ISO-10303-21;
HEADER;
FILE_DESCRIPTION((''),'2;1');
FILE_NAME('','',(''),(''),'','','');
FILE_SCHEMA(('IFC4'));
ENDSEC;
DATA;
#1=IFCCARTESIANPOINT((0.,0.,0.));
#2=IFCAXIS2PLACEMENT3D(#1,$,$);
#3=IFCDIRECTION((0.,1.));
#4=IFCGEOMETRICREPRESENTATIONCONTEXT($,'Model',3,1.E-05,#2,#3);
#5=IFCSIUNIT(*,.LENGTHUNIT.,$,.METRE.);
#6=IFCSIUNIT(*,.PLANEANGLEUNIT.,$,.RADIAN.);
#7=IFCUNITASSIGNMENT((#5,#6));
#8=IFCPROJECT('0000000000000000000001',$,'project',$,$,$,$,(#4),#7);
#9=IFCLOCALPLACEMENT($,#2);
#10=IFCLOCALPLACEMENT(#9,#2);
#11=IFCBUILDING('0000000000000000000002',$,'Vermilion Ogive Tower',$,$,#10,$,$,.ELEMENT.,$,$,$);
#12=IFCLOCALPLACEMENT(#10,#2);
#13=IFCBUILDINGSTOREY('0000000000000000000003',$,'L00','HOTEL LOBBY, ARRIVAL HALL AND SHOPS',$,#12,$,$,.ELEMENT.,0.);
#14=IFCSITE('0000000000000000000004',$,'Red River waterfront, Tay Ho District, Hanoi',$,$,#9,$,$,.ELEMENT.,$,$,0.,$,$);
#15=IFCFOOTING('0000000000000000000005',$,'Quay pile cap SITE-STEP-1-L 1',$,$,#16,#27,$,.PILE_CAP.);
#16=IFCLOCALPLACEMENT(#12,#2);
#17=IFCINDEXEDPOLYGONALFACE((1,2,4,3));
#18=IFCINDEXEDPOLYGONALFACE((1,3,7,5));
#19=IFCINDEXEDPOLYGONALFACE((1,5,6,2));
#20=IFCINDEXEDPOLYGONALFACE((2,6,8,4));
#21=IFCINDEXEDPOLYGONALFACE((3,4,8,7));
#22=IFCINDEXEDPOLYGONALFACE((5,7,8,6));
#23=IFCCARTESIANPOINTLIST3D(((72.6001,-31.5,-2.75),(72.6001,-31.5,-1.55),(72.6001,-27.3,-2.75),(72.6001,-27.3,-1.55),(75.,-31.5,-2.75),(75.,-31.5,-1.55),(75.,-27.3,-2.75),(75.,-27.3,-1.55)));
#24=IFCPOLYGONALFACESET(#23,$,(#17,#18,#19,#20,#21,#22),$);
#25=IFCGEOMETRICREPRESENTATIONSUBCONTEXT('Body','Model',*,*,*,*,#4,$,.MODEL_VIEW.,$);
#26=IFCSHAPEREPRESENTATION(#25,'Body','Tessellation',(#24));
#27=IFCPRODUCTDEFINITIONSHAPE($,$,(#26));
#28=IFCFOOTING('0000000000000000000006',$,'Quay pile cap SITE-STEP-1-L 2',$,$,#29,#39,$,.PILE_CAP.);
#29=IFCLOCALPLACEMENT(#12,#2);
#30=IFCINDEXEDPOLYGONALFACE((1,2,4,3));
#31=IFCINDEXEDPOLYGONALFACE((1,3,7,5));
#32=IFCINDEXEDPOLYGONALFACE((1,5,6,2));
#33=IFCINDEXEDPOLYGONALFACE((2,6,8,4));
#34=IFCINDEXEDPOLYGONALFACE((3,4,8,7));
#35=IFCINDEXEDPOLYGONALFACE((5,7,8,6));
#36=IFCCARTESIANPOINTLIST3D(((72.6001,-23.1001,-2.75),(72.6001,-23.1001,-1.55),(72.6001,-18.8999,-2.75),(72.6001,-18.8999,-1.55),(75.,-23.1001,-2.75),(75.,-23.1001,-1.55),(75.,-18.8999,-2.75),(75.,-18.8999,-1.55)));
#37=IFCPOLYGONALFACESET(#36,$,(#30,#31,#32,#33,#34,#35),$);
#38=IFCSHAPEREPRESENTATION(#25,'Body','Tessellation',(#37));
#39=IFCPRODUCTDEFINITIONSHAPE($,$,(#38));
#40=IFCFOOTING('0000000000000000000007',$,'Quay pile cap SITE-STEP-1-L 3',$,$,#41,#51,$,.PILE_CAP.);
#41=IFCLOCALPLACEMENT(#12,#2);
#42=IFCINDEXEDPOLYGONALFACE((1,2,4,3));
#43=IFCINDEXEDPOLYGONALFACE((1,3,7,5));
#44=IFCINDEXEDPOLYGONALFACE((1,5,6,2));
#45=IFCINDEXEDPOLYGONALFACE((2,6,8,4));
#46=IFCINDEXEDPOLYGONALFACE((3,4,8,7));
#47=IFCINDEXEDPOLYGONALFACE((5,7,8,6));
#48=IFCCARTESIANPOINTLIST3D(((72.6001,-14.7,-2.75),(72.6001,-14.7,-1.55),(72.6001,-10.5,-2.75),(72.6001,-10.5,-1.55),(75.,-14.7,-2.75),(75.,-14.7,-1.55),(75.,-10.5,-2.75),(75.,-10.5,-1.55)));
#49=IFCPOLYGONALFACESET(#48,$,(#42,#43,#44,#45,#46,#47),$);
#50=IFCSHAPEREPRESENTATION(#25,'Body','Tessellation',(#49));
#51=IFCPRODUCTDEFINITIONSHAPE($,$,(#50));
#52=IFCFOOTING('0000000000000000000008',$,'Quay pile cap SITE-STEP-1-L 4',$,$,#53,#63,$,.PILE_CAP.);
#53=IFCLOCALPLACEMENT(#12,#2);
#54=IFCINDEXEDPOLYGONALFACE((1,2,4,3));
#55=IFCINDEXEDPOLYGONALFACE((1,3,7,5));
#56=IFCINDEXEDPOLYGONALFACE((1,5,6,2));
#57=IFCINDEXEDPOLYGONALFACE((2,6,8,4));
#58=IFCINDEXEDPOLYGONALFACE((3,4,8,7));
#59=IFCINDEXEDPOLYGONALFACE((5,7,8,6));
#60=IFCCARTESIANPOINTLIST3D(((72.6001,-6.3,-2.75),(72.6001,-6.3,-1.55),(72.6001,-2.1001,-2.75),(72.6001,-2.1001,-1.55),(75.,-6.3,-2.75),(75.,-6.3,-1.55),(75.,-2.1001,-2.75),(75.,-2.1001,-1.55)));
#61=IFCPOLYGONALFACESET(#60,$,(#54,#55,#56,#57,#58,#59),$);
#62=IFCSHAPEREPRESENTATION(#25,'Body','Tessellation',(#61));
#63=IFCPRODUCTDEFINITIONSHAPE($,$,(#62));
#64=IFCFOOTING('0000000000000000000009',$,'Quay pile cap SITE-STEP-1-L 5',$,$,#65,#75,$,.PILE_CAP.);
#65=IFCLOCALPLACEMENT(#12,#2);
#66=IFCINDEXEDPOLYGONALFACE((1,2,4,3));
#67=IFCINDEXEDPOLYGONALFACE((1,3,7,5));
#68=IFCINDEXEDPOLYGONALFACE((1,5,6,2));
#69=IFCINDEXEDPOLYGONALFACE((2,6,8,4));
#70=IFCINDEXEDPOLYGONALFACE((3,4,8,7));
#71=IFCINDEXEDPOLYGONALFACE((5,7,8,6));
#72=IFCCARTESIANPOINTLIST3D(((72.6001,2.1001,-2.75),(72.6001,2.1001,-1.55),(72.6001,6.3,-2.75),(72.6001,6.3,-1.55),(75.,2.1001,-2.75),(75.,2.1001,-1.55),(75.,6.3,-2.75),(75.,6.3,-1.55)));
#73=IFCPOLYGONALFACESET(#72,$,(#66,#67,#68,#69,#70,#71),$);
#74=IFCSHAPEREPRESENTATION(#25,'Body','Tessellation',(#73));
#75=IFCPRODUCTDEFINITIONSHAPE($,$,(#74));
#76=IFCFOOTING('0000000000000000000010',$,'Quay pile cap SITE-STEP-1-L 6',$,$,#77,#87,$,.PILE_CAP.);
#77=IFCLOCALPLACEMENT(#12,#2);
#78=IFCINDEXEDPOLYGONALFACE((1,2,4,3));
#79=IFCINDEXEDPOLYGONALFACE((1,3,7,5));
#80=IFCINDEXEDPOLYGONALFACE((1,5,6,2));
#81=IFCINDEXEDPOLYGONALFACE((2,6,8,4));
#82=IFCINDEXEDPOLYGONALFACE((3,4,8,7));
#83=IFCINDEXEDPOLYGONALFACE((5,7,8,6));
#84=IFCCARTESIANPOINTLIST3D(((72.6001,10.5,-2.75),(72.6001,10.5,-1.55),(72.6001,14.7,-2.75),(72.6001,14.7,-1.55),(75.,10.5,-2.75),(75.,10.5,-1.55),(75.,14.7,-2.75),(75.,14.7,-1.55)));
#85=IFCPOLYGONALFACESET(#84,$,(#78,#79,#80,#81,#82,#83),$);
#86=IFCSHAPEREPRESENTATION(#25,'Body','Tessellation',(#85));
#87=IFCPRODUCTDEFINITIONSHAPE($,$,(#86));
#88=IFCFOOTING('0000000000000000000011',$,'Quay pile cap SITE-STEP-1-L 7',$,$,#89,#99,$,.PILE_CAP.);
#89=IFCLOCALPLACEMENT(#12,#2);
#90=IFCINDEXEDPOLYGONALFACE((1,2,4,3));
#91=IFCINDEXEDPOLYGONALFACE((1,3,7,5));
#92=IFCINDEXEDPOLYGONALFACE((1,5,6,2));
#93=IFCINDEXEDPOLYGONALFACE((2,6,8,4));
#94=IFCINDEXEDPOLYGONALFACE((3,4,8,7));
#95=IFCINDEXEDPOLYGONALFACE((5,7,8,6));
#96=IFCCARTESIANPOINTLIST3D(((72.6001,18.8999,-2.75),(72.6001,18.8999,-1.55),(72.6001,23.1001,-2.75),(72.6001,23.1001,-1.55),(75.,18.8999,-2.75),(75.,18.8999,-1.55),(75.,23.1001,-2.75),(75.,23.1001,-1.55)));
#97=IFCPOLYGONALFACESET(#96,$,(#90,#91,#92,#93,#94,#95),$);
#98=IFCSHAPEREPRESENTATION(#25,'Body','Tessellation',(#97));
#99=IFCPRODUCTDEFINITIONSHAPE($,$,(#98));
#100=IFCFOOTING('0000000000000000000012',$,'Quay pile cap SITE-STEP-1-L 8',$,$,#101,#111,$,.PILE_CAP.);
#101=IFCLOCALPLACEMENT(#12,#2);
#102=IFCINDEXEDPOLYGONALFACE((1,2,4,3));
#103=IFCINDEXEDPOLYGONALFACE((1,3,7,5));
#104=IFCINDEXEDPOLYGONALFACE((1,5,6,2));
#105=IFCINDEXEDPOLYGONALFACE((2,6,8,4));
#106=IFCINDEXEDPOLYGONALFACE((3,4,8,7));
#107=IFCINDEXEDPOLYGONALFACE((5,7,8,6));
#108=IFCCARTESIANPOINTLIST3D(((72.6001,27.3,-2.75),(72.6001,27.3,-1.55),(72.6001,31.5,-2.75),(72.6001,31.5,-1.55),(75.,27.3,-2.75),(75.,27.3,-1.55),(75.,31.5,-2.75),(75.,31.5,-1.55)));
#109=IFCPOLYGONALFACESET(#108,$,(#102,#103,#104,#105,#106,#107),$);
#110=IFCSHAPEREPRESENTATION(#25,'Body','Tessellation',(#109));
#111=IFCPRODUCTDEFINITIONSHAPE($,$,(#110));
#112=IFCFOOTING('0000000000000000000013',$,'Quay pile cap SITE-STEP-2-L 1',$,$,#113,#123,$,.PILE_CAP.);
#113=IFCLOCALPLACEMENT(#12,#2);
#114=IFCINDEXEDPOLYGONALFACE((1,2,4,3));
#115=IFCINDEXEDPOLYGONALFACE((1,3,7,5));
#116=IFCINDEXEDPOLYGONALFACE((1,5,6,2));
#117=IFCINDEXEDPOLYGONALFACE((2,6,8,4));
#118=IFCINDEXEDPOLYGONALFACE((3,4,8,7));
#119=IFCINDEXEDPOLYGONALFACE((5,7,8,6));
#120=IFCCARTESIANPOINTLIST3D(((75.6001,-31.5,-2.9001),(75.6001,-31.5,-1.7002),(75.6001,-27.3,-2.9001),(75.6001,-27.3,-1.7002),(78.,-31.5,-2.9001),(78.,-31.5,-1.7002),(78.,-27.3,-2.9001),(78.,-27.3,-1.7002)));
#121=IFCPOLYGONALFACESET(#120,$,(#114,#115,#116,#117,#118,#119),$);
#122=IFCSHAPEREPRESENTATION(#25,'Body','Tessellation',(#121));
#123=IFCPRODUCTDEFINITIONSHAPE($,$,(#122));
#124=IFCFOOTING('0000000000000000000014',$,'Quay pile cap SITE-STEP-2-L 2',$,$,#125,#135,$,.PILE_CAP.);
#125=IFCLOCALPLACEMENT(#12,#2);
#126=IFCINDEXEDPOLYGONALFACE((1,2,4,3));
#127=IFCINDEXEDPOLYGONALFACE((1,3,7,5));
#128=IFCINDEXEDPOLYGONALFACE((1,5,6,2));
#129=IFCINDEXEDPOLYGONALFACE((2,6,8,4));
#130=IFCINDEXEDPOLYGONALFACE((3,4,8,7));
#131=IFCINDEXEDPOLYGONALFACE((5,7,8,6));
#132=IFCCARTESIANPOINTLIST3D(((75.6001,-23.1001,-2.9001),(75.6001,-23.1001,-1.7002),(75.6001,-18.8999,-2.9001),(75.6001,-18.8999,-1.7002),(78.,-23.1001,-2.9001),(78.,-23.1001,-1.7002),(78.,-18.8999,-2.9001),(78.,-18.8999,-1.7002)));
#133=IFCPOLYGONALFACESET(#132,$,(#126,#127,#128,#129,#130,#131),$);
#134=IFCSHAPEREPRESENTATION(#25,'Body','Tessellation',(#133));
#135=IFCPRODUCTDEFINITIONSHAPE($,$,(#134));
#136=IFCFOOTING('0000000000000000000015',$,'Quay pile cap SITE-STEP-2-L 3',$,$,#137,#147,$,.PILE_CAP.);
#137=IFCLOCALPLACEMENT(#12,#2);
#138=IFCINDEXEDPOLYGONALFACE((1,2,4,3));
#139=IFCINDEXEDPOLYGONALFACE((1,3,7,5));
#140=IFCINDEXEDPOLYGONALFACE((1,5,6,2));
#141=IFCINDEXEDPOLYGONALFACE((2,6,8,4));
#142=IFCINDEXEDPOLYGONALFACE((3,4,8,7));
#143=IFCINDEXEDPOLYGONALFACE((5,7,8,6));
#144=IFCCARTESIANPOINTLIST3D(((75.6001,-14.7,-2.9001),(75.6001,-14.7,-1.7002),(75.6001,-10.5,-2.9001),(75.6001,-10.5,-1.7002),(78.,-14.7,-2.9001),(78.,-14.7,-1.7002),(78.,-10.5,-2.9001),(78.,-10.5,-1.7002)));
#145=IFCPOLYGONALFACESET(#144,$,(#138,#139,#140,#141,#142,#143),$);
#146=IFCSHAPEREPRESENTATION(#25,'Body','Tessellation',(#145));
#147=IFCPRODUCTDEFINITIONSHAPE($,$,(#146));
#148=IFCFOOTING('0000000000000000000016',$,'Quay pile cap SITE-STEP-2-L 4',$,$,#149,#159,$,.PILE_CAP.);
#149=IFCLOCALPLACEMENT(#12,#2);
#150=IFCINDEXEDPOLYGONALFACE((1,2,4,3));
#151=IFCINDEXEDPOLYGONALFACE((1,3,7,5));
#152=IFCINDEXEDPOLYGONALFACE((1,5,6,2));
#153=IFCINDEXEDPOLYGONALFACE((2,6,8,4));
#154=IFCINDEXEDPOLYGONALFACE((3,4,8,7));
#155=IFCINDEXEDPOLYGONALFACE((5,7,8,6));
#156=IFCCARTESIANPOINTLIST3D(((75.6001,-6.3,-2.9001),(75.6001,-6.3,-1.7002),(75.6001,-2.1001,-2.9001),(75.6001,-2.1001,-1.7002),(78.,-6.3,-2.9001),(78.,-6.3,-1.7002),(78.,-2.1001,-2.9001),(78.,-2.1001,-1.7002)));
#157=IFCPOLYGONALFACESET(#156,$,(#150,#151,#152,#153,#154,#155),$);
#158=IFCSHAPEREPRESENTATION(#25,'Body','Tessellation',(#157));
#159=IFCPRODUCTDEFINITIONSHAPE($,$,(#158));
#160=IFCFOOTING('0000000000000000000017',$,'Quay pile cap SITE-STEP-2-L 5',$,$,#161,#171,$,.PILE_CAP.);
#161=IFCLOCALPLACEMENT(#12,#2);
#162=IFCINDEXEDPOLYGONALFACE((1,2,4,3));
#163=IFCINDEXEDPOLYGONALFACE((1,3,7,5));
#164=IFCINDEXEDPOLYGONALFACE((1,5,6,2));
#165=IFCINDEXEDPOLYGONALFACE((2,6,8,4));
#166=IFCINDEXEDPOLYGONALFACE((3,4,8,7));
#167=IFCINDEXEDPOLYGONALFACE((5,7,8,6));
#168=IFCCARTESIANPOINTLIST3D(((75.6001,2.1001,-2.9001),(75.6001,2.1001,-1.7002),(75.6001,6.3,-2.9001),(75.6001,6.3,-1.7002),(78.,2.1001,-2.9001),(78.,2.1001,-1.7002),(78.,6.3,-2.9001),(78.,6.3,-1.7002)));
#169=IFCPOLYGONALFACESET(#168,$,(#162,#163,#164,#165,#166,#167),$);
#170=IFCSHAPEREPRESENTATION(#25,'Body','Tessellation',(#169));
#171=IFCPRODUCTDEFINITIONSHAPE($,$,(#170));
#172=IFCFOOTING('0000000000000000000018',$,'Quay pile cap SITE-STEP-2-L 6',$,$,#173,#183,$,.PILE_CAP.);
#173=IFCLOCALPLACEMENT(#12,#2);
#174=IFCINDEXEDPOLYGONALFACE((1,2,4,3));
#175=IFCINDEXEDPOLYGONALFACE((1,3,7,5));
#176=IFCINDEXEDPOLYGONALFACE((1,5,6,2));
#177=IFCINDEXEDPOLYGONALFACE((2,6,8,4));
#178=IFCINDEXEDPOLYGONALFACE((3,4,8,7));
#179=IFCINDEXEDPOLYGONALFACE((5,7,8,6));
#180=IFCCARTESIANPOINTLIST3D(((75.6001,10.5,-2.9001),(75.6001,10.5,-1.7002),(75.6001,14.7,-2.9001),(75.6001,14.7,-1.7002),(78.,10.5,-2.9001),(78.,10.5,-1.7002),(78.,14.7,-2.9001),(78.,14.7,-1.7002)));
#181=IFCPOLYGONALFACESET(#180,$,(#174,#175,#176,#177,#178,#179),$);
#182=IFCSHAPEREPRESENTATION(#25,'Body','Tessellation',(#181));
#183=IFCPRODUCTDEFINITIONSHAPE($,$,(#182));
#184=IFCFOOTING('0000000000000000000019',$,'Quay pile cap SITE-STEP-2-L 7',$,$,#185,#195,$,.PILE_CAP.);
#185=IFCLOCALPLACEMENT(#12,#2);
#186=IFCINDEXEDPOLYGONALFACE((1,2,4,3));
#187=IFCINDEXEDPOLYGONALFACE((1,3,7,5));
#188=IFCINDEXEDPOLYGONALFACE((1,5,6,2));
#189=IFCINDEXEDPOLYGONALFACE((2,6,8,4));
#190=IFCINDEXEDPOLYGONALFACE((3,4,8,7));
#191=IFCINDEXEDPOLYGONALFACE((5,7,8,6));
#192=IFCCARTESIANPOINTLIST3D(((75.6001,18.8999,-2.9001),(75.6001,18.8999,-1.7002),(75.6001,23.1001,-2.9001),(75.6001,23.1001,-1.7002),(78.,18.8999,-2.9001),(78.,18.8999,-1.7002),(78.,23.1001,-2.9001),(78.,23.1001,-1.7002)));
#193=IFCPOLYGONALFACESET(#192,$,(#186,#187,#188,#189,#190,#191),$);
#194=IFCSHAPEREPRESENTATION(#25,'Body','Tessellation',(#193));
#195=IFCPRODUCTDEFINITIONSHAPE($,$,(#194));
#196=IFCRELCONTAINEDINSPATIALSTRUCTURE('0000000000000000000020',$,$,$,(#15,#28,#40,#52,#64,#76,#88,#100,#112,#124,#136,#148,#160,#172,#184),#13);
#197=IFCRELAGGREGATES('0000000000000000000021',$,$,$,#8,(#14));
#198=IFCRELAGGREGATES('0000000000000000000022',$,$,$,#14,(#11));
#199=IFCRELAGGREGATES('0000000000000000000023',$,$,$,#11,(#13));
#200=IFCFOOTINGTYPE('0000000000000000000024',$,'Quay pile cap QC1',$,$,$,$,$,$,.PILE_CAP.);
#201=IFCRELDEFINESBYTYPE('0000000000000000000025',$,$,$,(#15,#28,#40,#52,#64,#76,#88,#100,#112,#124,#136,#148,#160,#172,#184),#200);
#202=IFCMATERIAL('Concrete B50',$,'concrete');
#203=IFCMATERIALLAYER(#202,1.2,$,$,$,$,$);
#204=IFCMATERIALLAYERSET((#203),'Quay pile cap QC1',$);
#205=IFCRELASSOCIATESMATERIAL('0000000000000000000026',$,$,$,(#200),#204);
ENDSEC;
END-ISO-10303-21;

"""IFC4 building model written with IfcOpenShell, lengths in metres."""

from ifc_helpers import new_model, si_unit, direction, frame, origin, place, context, subcontext, project, spatial, polyline, outline, extrude, material, layer, layer_set, type_object, element, save


model = new_model("IFC4")

# Units and contexts
model_context = context("Model", 3, precision=1e-05, world=origin(), true_north=direction((0.0, 1.0)))
body_context = subcontext(model_context, "Body", "Model", "MODEL_VIEW")
ifc_project = project(units=[si_unit("LENGTHUNIT", "METRE"), si_unit("PLANEANGLEUNIT", "RADIAN")], contexts=[model_context])

# Site, building, storey
site_placement = place(None, origin())
site = spatial("IfcSite", under=ifc_project, at=site_placement, Name="Red River waterfront, Tay Ho District, Hanoi", CompositionType="ELEMENT", RefElevation=0.0)
building_placement = place(site_placement, origin())
building = spatial("IfcBuilding", under=site, at=building_placement, Name="Vermilion Ogive Tower", CompositionType="ELEMENT")
storey_placement = place(building_placement, origin())
storey = spatial("IfcBuildingStorey", under=building, at=storey_placement, Name="L00", Description="HOTEL LOBBY, ARRIVAL HALL AND SHOPS", CompositionType="ELEMENT", Elevation=0.0)

# Footings
ifc_material_1 = material(Name="Concrete B50", Category="concrete")
ifc_layer_1 = layer(ifc_material_1, 1.2)
ifc_layer_set_1 = layer_set([ifc_layer_1], Name="Quay pile cap QC1")
footing_type_1 = type_object("IfcFootingType", Name="Quay pile cap QC1", PredefinedType="PILE_CAP", material=ifc_layer_set_1)
footing_1_placement = place(storey_placement, frame((0.0, 0.0, -2.75)))
element("IfcFooting", 1, at=footing_1_placement, inside=storey, type_object=footing_type_1, Name="Quay pile cap SITE-STEP-1-L 1", PredefinedType="PILE_CAP", context=body_context, shape_type="SweptSolid", body=[
    extrude(outline(polyline([(75.0, -31.5), (75.0, -27.3), (72.6001, -27.3), (72.6001, -31.5), (75.0, -31.5)])), origin(), (0.0, 0.0, 1.0), 1.2),
])
footing_2_placement = place(storey_placement, frame((0.0, 0.0, -2.75)))
element("IfcFooting", 2, at=footing_2_placement, inside=storey, type_object=footing_type_1, Name="Quay pile cap SITE-STEP-1-L 2", PredefinedType="PILE_CAP", context=body_context, shape_type="SweptSolid", body=[
    extrude(outline(polyline([(75.0, -23.1001), (75.0, -18.8999), (72.6001, -18.8999), (72.6001, -23.1001), (75.0, -23.1001)])), origin(), (0.0, 0.0, 1.0), 1.2),
])
footing_3_placement = place(storey_placement, frame((0.0, 0.0, -2.75)))
element("IfcFooting", 3, at=footing_3_placement, inside=storey, type_object=footing_type_1, Name="Quay pile cap SITE-STEP-1-L 3", PredefinedType="PILE_CAP", context=body_context, shape_type="SweptSolid", body=[
    extrude(outline(polyline([(75.0, -14.7), (75.0, -10.5), (72.6001, -10.5), (72.6001, -14.7), (75.0, -14.7)])), origin(), (0.0, 0.0, 1.0), 1.2),
])
footing_4_placement = place(storey_placement, frame((0.0, 0.0, -2.75)))
element("IfcFooting", 4, at=footing_4_placement, inside=storey, type_object=footing_type_1, Name="Quay pile cap SITE-STEP-1-L 4", PredefinedType="PILE_CAP", context=body_context, shape_type="SweptSolid", body=[
    extrude(outline(polyline([(75.0, -6.3), (75.0, -2.1001), (72.6001, -2.1001), (72.6001, -6.3), (75.0, -6.3)])), origin(), (0.0, 0.0, 1.0), 1.2),
])
footing_5_placement = place(storey_placement, frame((0.0, 0.0, -2.75)))
element("IfcFooting", 5, at=footing_5_placement, inside=storey, type_object=footing_type_1, Name="Quay pile cap SITE-STEP-1-L 5", PredefinedType="PILE_CAP", context=body_context, shape_type="SweptSolid", body=[
    extrude(outline(polyline([(75.0, 2.1001), (75.0, 6.3), (72.6001, 6.3), (72.6001, 2.1001), (75.0, 2.1001)])), origin(), (0.0, 0.0, 1.0), 1.2),
])
footing_6_placement = place(storey_placement, frame((0.0, 0.0, -2.75)))
element("IfcFooting", 6, at=footing_6_placement, inside=storey, type_object=footing_type_1, Name="Quay pile cap SITE-STEP-1-L 6", PredefinedType="PILE_CAP", context=body_context, shape_type="SweptSolid", body=[
    extrude(outline(polyline([(75.0, 10.5), (75.0, 14.7), (72.6001, 14.7), (72.6001, 10.5), (75.0, 10.5)])), origin(), (0.0, 0.0, 1.0), 1.2),
])
footing_7_placement = place(storey_placement, frame((0.0, 0.0, -2.75)))
element("IfcFooting", 7, at=footing_7_placement, inside=storey, type_object=footing_type_1, Name="Quay pile cap SITE-STEP-1-L 7", PredefinedType="PILE_CAP", context=body_context, shape_type="SweptSolid", body=[
    extrude(outline(polyline([(75.0, 18.8999), (75.0, 23.1001), (72.6001, 23.1001), (72.6001, 18.8999), (75.0, 18.8999)])), origin(), (0.0, 0.0, 1.0), 1.2),
])
footing_8_placement = place(storey_placement, frame((0.0, 0.0, -2.75)))
element("IfcFooting", 8, at=footing_8_placement, inside=storey, type_object=footing_type_1, Name="Quay pile cap SITE-STEP-1-L 8", PredefinedType="PILE_CAP", context=body_context, shape_type="SweptSolid", body=[
    extrude(outline(polyline([(75.0, 27.3), (75.0, 31.5), (72.6001, 31.5), (72.6001, 27.3), (75.0, 27.3)])), origin(), (0.0, 0.0, 1.0), 1.2),
])
footing_9_placement = place(storey_placement, frame((0.0, 0.0, -2.9001)))
element("IfcFooting", 9, at=footing_9_placement, inside=storey, type_object=footing_type_1, Name="Quay pile cap SITE-STEP-2-L 1", PredefinedType="PILE_CAP", context=body_context, shape_type="SweptSolid", body=[
    extrude(outline(polyline([(78.0, -31.5), (78.0, -27.3), (75.6001, -27.3), (75.6001, -31.5), (78.0, -31.5)])), origin(), (0.0, 0.0, 1.0), 1.2),
])
footing_10_placement = place(storey_placement, frame((0.0, 0.0, -2.9001)))
element("IfcFooting", 10, at=footing_10_placement, inside=storey, type_object=footing_type_1, Name="Quay pile cap SITE-STEP-2-L 2", PredefinedType="PILE_CAP", context=body_context, shape_type="SweptSolid", body=[
    extrude(outline(polyline([(78.0, -23.1001), (78.0, -18.8999), (75.6001, -18.8999), (75.6001, -23.1001), (78.0, -23.1001)])), origin(), (0.0, 0.0, 1.0), 1.2),
])
footing_11_placement = place(storey_placement, frame((0.0, 0.0, -2.9001)))
element("IfcFooting", 11, at=footing_11_placement, inside=storey, type_object=footing_type_1, Name="Quay pile cap SITE-STEP-2-L 3", PredefinedType="PILE_CAP", context=body_context, shape_type="SweptSolid", body=[
    extrude(outline(polyline([(78.0, -14.7), (78.0, -10.5), (75.6001, -10.5), (75.6001, -14.7), (78.0, -14.7)])), origin(), (0.0, 0.0, 1.0), 1.2),
])
footing_12_placement = place(storey_placement, frame((0.0, 0.0, -2.9001)))
element("IfcFooting", 12, at=footing_12_placement, inside=storey, type_object=footing_type_1, Name="Quay pile cap SITE-STEP-2-L 4", PredefinedType="PILE_CAP", context=body_context, shape_type="SweptSolid", body=[
    extrude(outline(polyline([(78.0, -6.3), (78.0, -2.1001), (75.6001, -2.1001), (75.6001, -6.3), (78.0, -6.3)])), origin(), (0.0, 0.0, 1.0), 1.2),
])
footing_13_placement = place(storey_placement, frame((0.0, 0.0, -2.9001)))
element("IfcFooting", 13, at=footing_13_placement, inside=storey, type_object=footing_type_1, Name="Quay pile cap SITE-STEP-2-L 5", PredefinedType="PILE_CAP", context=body_context, shape_type="SweptSolid", body=[
    extrude(outline(polyline([(78.0, 2.1001), (78.0, 6.3), (75.6001, 6.3), (75.6001, 2.1001), (78.0, 2.1001)])), origin(), (0.0, 0.0, 1.0), 1.2),
])
footing_14_placement = place(storey_placement, frame((0.0, 0.0, -2.9001)))
element("IfcFooting", 14, at=footing_14_placement, inside=storey, type_object=footing_type_1, Name="Quay pile cap SITE-STEP-2-L 6", PredefinedType="PILE_CAP", context=body_context, shape_type="SweptSolid", body=[
    extrude(outline(polyline([(78.0, 10.5), (78.0, 14.7), (75.6001, 14.7), (75.6001, 10.5), (78.0, 10.5)])), origin(), (0.0, 0.0, 1.0), 1.2),
])
footing_15_placement = place(storey_placement, frame((0.0, 0.0, -2.9001)))
element("IfcFooting", 15, at=footing_15_placement, inside=storey, type_object=footing_type_1, Name="Quay pile cap SITE-STEP-2-L 7", PredefinedType="PILE_CAP", context=body_context, shape_type="SweptSolid", body=[
    extrude(outline(polyline([(78.0, 18.8999), (78.0, 23.1001), (75.6001, 23.1001), (75.6001, 18.8999), (78.0, 18.8999)])), origin(), (0.0, 0.0, 1.0), 1.2),
])

save(model, "model.ifc")
